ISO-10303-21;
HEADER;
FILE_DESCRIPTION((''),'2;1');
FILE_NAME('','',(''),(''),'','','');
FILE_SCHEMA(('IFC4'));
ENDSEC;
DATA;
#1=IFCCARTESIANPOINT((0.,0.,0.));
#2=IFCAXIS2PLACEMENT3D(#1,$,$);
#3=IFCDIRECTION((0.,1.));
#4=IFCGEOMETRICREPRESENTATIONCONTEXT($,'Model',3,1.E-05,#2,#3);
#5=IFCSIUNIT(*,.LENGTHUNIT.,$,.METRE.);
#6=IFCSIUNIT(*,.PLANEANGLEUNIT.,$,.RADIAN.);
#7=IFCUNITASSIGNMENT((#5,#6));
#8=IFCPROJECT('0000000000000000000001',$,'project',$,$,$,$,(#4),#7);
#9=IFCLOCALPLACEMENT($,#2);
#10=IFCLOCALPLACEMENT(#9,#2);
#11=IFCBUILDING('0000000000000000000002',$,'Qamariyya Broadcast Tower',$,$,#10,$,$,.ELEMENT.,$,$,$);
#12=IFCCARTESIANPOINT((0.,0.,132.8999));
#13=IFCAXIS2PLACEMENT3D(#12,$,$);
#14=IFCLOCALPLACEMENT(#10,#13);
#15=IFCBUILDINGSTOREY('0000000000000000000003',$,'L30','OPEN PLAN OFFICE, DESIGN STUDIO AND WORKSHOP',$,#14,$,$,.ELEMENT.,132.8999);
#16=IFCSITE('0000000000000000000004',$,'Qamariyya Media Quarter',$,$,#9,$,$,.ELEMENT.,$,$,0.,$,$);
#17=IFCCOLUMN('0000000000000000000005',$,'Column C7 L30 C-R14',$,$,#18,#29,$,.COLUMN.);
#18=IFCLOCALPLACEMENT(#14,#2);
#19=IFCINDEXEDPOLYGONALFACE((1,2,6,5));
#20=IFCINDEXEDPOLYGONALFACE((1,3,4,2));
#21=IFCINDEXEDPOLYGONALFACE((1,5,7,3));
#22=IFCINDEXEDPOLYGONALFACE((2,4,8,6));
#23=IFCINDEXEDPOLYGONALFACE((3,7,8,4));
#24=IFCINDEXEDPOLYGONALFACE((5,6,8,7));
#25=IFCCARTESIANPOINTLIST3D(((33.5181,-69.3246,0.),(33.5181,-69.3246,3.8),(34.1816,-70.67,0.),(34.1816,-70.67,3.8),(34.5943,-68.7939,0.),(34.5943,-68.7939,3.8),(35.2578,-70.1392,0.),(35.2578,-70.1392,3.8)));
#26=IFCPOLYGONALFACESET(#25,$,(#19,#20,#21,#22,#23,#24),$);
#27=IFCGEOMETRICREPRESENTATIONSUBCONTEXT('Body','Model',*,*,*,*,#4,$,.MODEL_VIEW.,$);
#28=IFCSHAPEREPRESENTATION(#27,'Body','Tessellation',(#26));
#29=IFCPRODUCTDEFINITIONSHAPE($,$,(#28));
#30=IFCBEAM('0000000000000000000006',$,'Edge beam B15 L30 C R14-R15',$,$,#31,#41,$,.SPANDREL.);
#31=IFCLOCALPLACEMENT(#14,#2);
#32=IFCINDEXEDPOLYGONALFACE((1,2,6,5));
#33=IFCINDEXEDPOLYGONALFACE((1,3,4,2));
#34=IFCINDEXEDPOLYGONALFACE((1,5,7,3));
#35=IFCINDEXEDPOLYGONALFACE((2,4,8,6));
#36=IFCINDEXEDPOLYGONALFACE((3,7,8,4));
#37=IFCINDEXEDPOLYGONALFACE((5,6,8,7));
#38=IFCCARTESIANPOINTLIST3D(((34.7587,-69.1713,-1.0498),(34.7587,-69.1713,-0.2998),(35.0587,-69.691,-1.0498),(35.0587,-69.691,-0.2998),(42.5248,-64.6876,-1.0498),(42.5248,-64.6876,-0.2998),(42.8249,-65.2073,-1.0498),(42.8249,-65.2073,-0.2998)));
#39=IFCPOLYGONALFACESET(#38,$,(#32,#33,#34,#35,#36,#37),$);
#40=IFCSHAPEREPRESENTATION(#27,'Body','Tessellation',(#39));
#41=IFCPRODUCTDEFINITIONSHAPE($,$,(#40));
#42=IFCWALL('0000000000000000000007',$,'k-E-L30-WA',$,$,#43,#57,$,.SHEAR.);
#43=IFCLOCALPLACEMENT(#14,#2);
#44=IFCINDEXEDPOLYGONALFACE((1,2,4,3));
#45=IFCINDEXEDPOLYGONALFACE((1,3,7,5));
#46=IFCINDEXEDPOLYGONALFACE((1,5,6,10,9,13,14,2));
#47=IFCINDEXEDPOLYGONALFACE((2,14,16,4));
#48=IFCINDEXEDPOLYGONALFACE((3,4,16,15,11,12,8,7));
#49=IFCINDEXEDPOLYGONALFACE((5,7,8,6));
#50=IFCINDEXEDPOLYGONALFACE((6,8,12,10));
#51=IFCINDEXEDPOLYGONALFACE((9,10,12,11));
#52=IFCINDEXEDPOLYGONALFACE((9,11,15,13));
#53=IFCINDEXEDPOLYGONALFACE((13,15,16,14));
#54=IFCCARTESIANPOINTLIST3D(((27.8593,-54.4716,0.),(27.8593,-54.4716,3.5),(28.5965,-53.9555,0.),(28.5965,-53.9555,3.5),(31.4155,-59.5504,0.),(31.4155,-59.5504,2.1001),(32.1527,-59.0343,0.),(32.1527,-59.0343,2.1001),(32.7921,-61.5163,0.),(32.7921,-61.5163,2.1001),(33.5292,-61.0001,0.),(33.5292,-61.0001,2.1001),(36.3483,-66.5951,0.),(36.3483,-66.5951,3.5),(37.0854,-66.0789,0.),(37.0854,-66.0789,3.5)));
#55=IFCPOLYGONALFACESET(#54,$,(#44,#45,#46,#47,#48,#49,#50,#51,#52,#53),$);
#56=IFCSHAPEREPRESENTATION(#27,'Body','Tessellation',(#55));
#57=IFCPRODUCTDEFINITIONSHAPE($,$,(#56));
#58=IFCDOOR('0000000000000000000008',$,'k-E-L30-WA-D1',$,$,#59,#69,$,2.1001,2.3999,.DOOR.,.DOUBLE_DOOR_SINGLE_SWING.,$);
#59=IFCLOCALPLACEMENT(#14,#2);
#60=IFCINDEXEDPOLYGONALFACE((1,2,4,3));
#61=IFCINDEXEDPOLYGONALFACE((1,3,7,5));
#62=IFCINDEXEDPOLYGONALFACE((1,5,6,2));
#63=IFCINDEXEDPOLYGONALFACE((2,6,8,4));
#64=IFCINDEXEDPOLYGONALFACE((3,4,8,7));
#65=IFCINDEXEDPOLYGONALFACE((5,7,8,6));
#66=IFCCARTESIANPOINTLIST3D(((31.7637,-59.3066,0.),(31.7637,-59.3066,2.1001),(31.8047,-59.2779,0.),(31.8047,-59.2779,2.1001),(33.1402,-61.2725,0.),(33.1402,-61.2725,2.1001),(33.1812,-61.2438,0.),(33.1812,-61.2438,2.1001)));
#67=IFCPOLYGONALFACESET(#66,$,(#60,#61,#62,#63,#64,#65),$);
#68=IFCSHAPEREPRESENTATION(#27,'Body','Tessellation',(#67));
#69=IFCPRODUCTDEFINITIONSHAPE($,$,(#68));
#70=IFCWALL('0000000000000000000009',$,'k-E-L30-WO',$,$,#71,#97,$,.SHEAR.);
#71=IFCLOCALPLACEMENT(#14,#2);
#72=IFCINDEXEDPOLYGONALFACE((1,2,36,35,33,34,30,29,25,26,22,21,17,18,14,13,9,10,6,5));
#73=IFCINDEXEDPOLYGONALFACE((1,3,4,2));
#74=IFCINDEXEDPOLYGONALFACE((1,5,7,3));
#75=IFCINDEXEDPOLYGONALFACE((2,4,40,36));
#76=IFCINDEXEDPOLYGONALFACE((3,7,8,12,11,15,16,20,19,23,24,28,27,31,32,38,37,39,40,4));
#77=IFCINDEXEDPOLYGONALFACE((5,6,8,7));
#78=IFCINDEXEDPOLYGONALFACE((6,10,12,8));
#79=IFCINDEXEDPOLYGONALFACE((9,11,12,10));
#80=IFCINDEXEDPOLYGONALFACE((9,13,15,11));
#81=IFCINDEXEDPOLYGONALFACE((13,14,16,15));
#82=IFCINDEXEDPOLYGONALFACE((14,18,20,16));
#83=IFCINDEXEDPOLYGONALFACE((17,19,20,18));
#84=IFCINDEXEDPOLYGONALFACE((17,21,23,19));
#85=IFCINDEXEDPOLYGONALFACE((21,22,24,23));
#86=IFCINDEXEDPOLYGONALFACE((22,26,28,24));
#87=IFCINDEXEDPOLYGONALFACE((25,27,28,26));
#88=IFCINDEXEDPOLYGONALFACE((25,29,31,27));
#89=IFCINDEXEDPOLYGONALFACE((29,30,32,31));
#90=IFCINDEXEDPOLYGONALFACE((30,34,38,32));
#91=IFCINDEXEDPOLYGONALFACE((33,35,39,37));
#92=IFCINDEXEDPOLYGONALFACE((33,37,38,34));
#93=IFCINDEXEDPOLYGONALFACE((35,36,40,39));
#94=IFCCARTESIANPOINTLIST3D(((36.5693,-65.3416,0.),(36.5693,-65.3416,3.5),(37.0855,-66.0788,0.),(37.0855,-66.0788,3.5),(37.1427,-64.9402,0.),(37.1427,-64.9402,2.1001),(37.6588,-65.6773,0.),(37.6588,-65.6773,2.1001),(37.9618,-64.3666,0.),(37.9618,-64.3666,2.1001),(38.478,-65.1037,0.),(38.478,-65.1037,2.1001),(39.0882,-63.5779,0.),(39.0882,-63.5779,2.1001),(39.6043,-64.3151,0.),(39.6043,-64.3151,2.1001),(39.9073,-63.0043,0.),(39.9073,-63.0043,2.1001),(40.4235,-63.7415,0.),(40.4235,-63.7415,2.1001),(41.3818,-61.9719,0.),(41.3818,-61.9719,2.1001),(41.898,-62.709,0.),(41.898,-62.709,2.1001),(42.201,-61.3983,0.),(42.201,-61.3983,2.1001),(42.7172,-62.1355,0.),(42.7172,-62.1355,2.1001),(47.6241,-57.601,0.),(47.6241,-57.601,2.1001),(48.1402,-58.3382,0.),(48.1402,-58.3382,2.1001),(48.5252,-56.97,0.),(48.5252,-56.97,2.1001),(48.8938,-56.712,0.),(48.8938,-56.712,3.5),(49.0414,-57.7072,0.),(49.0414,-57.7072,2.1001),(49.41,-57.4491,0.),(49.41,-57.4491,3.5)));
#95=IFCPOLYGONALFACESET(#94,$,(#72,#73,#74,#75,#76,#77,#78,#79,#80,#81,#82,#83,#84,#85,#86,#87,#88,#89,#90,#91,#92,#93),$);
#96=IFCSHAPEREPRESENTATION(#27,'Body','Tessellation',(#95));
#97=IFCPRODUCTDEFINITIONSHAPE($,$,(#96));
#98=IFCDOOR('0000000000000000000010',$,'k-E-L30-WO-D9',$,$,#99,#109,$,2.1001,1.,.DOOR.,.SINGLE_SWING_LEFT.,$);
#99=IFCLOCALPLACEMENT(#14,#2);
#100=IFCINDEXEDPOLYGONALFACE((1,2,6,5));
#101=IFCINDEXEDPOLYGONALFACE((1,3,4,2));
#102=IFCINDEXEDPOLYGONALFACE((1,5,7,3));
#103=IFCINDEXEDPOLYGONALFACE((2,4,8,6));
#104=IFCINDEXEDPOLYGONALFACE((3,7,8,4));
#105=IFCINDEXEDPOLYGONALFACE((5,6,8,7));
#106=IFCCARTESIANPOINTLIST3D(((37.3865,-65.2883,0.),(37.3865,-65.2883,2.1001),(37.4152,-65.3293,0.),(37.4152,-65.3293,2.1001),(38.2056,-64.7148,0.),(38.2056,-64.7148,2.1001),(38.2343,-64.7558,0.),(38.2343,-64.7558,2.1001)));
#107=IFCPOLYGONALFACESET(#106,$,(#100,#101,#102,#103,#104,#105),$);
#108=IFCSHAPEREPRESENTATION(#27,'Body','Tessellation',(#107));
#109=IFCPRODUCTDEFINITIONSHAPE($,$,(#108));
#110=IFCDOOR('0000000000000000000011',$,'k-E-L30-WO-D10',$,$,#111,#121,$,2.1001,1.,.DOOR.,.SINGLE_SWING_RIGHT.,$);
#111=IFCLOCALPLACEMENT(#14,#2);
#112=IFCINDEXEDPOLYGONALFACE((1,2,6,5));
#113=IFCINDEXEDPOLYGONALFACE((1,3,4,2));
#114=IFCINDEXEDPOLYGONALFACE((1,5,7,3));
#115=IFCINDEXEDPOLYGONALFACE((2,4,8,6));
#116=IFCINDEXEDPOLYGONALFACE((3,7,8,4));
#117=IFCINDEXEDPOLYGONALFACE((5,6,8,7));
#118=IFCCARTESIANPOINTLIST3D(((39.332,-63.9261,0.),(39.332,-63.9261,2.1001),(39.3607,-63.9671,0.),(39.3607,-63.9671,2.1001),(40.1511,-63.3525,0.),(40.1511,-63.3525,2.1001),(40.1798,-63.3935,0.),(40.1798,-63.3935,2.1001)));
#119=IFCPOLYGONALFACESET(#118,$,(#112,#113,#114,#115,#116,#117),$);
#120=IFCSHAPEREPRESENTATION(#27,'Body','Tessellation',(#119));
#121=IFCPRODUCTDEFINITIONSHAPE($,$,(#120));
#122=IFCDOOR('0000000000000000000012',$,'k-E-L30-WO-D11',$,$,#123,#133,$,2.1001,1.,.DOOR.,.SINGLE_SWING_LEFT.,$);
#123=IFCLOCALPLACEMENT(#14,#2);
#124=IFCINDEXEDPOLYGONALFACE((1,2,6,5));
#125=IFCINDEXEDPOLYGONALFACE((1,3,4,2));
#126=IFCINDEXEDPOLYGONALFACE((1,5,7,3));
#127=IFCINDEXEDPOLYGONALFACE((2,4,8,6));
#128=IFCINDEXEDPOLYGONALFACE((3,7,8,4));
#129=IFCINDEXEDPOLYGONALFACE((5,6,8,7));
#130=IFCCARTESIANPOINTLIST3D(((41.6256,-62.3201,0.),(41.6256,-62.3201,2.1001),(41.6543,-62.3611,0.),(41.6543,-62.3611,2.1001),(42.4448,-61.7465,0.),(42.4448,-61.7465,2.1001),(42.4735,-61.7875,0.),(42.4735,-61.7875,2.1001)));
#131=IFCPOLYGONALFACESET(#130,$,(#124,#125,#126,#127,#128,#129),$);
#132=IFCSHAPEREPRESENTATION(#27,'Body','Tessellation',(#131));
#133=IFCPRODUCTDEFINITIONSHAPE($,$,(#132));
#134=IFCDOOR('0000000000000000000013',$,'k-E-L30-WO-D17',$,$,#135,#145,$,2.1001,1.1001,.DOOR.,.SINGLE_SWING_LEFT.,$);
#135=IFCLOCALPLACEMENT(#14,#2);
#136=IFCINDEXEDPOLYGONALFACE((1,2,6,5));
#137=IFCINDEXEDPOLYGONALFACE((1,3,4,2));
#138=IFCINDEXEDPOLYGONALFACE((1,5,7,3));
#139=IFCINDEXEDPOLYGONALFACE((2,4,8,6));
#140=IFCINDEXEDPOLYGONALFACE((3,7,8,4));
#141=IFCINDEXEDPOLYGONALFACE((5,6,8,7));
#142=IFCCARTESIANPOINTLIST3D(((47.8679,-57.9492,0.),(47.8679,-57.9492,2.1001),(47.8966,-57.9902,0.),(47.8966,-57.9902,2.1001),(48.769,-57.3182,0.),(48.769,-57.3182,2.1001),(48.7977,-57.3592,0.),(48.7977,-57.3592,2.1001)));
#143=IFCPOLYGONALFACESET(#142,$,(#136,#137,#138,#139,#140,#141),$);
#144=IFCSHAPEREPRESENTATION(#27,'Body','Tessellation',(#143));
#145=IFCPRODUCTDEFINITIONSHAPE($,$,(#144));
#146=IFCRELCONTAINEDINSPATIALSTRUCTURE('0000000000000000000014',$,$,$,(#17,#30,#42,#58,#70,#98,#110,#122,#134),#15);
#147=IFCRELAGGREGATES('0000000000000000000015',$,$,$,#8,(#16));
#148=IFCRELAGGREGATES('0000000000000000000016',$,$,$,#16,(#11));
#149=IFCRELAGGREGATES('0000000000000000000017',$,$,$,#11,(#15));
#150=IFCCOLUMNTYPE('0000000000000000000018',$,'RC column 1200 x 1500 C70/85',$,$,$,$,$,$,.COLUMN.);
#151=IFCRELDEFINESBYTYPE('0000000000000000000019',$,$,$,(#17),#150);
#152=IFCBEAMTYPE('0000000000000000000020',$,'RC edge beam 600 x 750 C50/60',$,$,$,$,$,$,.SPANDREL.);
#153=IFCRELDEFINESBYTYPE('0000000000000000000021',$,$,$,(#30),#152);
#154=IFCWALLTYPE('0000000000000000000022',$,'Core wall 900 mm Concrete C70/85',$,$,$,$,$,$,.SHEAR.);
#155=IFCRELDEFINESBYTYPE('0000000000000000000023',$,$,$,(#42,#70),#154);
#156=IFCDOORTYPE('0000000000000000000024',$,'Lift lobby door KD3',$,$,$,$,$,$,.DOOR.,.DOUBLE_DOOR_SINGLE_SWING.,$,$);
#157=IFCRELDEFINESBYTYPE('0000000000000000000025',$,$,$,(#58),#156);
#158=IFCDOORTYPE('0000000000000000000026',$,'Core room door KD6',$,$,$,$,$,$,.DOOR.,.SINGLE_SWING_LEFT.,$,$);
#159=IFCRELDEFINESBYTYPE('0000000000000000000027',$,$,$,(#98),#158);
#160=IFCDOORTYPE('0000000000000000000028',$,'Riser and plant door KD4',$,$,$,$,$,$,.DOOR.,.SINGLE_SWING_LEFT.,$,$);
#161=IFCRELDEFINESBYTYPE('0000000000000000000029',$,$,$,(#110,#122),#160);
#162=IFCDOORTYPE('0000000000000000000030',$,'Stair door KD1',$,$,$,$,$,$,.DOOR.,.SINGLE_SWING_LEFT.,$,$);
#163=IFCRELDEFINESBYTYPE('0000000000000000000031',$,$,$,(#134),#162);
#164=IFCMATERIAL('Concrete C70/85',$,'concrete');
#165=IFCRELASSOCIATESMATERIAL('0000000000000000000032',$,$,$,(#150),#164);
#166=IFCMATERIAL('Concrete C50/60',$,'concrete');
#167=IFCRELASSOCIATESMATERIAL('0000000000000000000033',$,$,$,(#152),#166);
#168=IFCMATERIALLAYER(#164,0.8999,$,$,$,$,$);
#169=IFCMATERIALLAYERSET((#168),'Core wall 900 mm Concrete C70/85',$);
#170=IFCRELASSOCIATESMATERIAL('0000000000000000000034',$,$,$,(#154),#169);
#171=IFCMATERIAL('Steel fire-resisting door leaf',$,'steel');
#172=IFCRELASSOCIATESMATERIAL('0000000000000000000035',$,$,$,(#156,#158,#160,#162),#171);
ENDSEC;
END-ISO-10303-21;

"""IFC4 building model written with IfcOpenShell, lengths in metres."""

from ifc_helpers import new_model, si_unit, direction, frame, frame_2d, origin, origin_2d, place, context, subcontext, project, spatial, rectangle, extrude, material, layer, layer_set, material_profile, profile_set, type_object, element, fill, save


model = new_model("IFC4")

# Units and contexts
model_context = context("Model", 3, precision=1e-05, world=origin(), true_north=direction((0.0, 1.0)))
body_context = subcontext(model_context, "Body", "Model", "MODEL_VIEW")
ifc_project = project(units=[si_unit("LENGTHUNIT", "METRE"), si_unit("PLANEANGLEUNIT", "RADIAN")], contexts=[model_context])

# Site, building, storey
site_placement = place(None, origin())
site = spatial("IfcSite", under=ifc_project, at=site_placement, Name="Qamariyya Media Quarter", CompositionType="ELEMENT", RefElevation=0.0)
building_placement = place(site_placement, origin())
building = spatial("IfcBuilding", under=site, at=building_placement, Name="Qamariyya Broadcast Tower", CompositionType="ELEMENT")
storey_placement = place(building_placement, frame((0.0, 0.0, 132.8999)))
storey = spatial("IfcBuildingStorey", under=building, at=storey_placement, Name="L30", Description="OPEN PLAN OFFICE, DESIGN STUDIO AND WORKSHOP", CompositionType="ELEMENT", Elevation=132.8999)

# Column
ifc_material_1 = material(Name="Concrete C70/85", Category="concrete")
ifc_material_profile_1 = material_profile(ifc_material_1, rectangle(XDim=1.2, YDim=1.5, at=origin_2d()))
ifc_profile_set_1 = profile_set([ifc_material_profile_1], Name="Concrete C70/85")
column_type = type_object("IfcColumnType", Name="RC column 1200 x 1500 C70/85", PredefinedType="COLUMN", material=ifc_profile_set_1)
column_placement = place(storey_placement, frame((34.3879, -69.7319, 0.0), z_axis=(0.0, 0.0, 1.0), x_axis=(0.896873, 0.442289, 0.0)))
element("IfcColumn", 1, at=column_placement, inside=storey, type_object=column_type, Name="Column C7 L30 C-R14", PredefinedType="COLUMN", context=body_context, shape_type="SweptSolid", body=[
    extrude(rectangle(XDim=1.2, YDim=1.5, at=origin_2d()), origin(), (0.0, 0.0, 1.0), 3.8),
])

# Beam
ifc_material_2 = material(Name="Concrete C50/60", Category="concrete")
ifc_material_profile_2 = material_profile(ifc_material_2, rectangle(XDim=0.6001, YDim=0.75, at=origin_2d()))
ifc_profile_set_2 = profile_set([ifc_material_profile_2], Name="Concrete C50/60")
beam_type = type_object("IfcBeamType", Name="RC edge beam 600 x 750 C50/60", PredefinedType="SPANDREL", material=ifc_profile_set_2)
beam_placement = place(storey_placement, frame((34.9087, -69.4312, -0.6748), z_axis=(0.866031, 0.49999, 0.0), x_axis=(-0.49999, 0.866031, 0.0)))
element("IfcBeam", 2, at=beam_placement, inside=storey, type_object=beam_type, Name="Edge beam B15 L30 C R14-R15", PredefinedType="SPANDREL", context=body_context, shape_type="SweptSolid", body=[
    extrude(rectangle(XDim=0.6001, YDim=0.75, at=origin_2d()), origin(), (0.0, 0.0, 1.0), 8.9675),
])

# Wall, opening, door
ifc_layer_1 = layer(ifc_material_1, 0.8999)
ifc_layer_set_1 = layer_set([ifc_layer_1], Name="Core wall 900 mm Concrete C70/85")
wall_type_1 = type_object("IfcWallType", Name="Core wall 900 mm Concrete C70/85", PredefinedType="SHEAR", material=ifc_layer_set_1)
wall_1_placement = place(storey_placement, frame((36.7168, -66.3369, 0.0), z_axis=(0.0, 0.0, 1.0), x_axis=(-0.573577, 0.819151, 0.0)))
wall_1 = element("IfcWall", 3, at=wall_1_placement, inside=storey, type_object=wall_type_1, Name="k-E-L30-WA", PredefinedType="SHEAR", context=body_context, shape_type="SweptSolid", body=[
    extrude(rectangle(XDim=14.8, YDim=0.8999, at=frame_2d((7.3999, 0.0))), origin(), (0.0, 0.0, 1.0), 3.5),
])
opening_1_placement = place(wall_1_placement, frame((6.2, 0.0, 0.0)))
opening_1 = element("IfcOpeningElement", 4, at=opening_1_placement, cuts=wall_1, PredefinedType="OPENING", context=body_context, shape_type="SweptSolid", body=[
    extrude(rectangle(XDim=2.3999, YDim=2.1001, at=frame_2d((1.2, 1.05))), frame((0.0, 0.46, 0.0), z_axis=(0.0, -1.0, 0.0), x_axis=(1.0, 0.0, 0.0)), (0.0, 0.0, 1.0), 0.9199),
])
ifc_material_3 = material(Name="Steel fire-resisting door leaf", Category="steel")
door_type_1 = type_object("IfcDoorType", Name="Lift lobby door KD3", OperationType="DOUBLE_DOOR_SINGLE_SWING", PredefinedType="DOOR", material=ifc_material_3)
door_1_placement = place(opening_1_placement, origin())
door_1 = element("IfcDoor", 5, at=door_1_placement, inside=storey, type_object=door_type_1, Name="k-E-L30-WA-D1", OperationType="DOUBLE_DOOR_SINGLE_SWING", OverallHeight=2.1001, OverallWidth=2.3999, PredefinedType="DOOR", context=body_context, shape_type="SweptSolid", body=[
    extrude(rectangle(XDim=2.3999, YDim=2.1001, at=frame_2d((1.2, 1.05))), frame((0.0, 0.0249, 0.0), z_axis=(0.0, -1.0, 0.0), x_axis=(1.0, 0.0, 0.0)), (0.0, 0.0, 1.0), 0.05),
])
fill(opening_1, door_1)

# Wall, openings, doors
wall_2_placement = place(storey_placement, frame((36.8274, -65.7102, 0.0), z_axis=(0.0, 0.0, 1.0), x_axis=(0.819153, 0.573575, 0.0)))
wall_2 = element("IfcWall", 6, at=wall_2_placement, inside=storey, type_object=wall_type_1, Name="k-E-L30-WO", PredefinedType="SHEAR", context=body_context, shape_type="SweptSolid", body=[
    extrude(rectangle(XDim=15.0454, YDim=0.8999, at=frame_2d((7.5227, 0.0))), origin(), (0.0, 0.0, 1.0), 3.5),
])
opening_2_placement = place(wall_2_placement, frame((0.7, 0.0, 0.0)))
opening_2 = element("IfcOpeningElement", 7, at=opening_2_placement, cuts=wall_2, PredefinedType="OPENING", context=body_context, shape_type="SweptSolid", body=[
    extrude(rectangle(XDim=1.0, YDim=2.1001, at=frame_2d((0.5, 1.05))), frame((0.0, 0.46, 0.0), z_axis=(0.0, -1.0, 0.0), x_axis=(1.0, 0.0, 0.0)), (0.0, 0.0, 1.0), 0.9199),
])
opening_3_placement = place(wall_2_placement, frame((3.075, 0.0, 0.0)))
opening_3 = element("IfcOpeningElement", 8, at=opening_3_placement, cuts=wall_2, PredefinedType="OPENING", context=body_context, shape_type="SweptSolid", body=[
    extrude(rectangle(XDim=1.0, YDim=2.1001, at=frame_2d((0.5, 1.05))), frame((0.0, 0.46, 0.0), z_axis=(0.0, -1.0, 0.0), x_axis=(1.0, 0.0, 0.0)), (0.0, 0.0, 1.0), 0.9199),
])
opening_4_placement = place(wall_2_placement, frame((5.875, 0.0, 0.0)))
opening_4 = element("IfcOpeningElement", 9, at=opening_4_placement, cuts=wall_2, PredefinedType="OPENING", context=body_context, shape_type="SweptSolid", body=[
    extrude(rectangle(XDim=1.0, YDim=2.1001, at=frame_2d((0.5, 1.05))), frame((0.0, 0.46, 0.0), z_axis=(0.0, -1.0, 0.0), x_axis=(1.0, 0.0, 0.0)), (0.0, 0.0, 1.0), 0.9199),
])
opening_5_placement = place(wall_2_placement, frame((13.4954, 0.0, 0.0)))
opening_5 = element("IfcOpeningElement", 10, at=opening_5_placement, cuts=wall_2, PredefinedType="OPENING", context=body_context, shape_type="SweptSolid", body=[
    extrude(rectangle(XDim=1.1001, YDim=2.1001, at=frame_2d((0.55, 1.05))), frame((0.0, 0.46, 0.0), z_axis=(0.0, -1.0, 0.0), x_axis=(1.0, 0.0, 0.0)), (0.0, 0.0, 1.0), 0.9199),
])
door_type_2 = type_object("IfcDoorType", Name="Core room door KD6", OperationType="SINGLE_SWING_LEFT", PredefinedType="DOOR", material=ifc_material_3)
door_2_placement = place(opening_2_placement, origin())
door_2 = element("IfcDoor", 11, at=door_2_placement, inside=storey, type_object=door_type_2, Name="k-E-L30-WO-D9", OperationType="SINGLE_SWING_LEFT", OverallHeight=2.1001, OverallWidth=1.0, PredefinedType="DOOR", context=body_context, shape_type="SweptSolid", body=[
    extrude(rectangle(XDim=1.0, YDim=2.1001, at=frame_2d((0.5, 1.05))), frame((0.0, 0.0249, 0.0), z_axis=(0.0, -1.0, 0.0), x_axis=(1.0, 0.0, 0.0)), (0.0, 0.0, 1.0), 0.05),
])
fill(opening_2, door_2)
door_type_3 = type_object("IfcDoorType", Name="Riser and plant door KD4", OperationType="SINGLE_SWING_LEFT", PredefinedType="DOOR", material=ifc_material_3)
door_3_placement = place(opening_3_placement, origin())
door_3 = element("IfcDoor", 12, at=door_3_placement, inside=storey, type_object=door_type_3, Name="k-E-L30-WO-D10", OperationType="SINGLE_SWING_RIGHT", OverallHeight=2.1001, OverallWidth=1.0, PredefinedType="DOOR", context=body_context, shape_type="SweptSolid", body=[
    extrude(rectangle(XDim=1.0, YDim=2.1001, at=frame_2d((0.5, 1.05))), frame((0.0, 0.0249, 0.0), z_axis=(0.0, -1.0, 0.0), x_axis=(1.0, 0.0, 0.0)), (0.0, 0.0, 1.0), 0.05),
])
fill(opening_3, door_3)
door_4_placement = place(opening_4_placement, origin())
door_4 = element("IfcDoor", 13, at=door_4_placement, inside=storey, type_object=door_type_3, Name="k-E-L30-WO-D11", OperationType="SINGLE_SWING_LEFT", OverallHeight=2.1001, OverallWidth=1.0, PredefinedType="DOOR", context=body_context, shape_type="SweptSolid", body=[
    extrude(rectangle(XDim=1.0, YDim=2.1001, at=frame_2d((0.5, 1.05))), frame((0.0, 0.0249, 0.0), z_axis=(0.0, -1.0, 0.0), x_axis=(1.0, 0.0, 0.0)), (0.0, 0.0, 1.0), 0.05),
])
fill(opening_4, door_4)
door_type_4 = type_object("IfcDoorType", Name="Stair door KD1", OperationType="SINGLE_SWING_LEFT", PredefinedType="DOOR", material=ifc_material_3)
door_5_placement = place(opening_5_placement, origin())
door_5 = element("IfcDoor", 14, at=door_5_placement, inside=storey, type_object=door_type_4, Name="k-E-L30-WO-D17", OperationType="SINGLE_SWING_LEFT", OverallHeight=2.1001, OverallWidth=1.1001, PredefinedType="DOOR", context=body_context, shape_type="SweptSolid", body=[
    extrude(rectangle(XDim=1.1001, YDim=2.1001, at=frame_2d((0.55, 1.05))), frame((0.0, 0.0249, 0.0), z_axis=(0.0, -1.0, 0.0), x_axis=(1.0, 0.0, 0.0)), (0.0, 0.0, 1.0), 0.05),
])
fill(opening_5, door_5)

save(model, "model.ifc")
